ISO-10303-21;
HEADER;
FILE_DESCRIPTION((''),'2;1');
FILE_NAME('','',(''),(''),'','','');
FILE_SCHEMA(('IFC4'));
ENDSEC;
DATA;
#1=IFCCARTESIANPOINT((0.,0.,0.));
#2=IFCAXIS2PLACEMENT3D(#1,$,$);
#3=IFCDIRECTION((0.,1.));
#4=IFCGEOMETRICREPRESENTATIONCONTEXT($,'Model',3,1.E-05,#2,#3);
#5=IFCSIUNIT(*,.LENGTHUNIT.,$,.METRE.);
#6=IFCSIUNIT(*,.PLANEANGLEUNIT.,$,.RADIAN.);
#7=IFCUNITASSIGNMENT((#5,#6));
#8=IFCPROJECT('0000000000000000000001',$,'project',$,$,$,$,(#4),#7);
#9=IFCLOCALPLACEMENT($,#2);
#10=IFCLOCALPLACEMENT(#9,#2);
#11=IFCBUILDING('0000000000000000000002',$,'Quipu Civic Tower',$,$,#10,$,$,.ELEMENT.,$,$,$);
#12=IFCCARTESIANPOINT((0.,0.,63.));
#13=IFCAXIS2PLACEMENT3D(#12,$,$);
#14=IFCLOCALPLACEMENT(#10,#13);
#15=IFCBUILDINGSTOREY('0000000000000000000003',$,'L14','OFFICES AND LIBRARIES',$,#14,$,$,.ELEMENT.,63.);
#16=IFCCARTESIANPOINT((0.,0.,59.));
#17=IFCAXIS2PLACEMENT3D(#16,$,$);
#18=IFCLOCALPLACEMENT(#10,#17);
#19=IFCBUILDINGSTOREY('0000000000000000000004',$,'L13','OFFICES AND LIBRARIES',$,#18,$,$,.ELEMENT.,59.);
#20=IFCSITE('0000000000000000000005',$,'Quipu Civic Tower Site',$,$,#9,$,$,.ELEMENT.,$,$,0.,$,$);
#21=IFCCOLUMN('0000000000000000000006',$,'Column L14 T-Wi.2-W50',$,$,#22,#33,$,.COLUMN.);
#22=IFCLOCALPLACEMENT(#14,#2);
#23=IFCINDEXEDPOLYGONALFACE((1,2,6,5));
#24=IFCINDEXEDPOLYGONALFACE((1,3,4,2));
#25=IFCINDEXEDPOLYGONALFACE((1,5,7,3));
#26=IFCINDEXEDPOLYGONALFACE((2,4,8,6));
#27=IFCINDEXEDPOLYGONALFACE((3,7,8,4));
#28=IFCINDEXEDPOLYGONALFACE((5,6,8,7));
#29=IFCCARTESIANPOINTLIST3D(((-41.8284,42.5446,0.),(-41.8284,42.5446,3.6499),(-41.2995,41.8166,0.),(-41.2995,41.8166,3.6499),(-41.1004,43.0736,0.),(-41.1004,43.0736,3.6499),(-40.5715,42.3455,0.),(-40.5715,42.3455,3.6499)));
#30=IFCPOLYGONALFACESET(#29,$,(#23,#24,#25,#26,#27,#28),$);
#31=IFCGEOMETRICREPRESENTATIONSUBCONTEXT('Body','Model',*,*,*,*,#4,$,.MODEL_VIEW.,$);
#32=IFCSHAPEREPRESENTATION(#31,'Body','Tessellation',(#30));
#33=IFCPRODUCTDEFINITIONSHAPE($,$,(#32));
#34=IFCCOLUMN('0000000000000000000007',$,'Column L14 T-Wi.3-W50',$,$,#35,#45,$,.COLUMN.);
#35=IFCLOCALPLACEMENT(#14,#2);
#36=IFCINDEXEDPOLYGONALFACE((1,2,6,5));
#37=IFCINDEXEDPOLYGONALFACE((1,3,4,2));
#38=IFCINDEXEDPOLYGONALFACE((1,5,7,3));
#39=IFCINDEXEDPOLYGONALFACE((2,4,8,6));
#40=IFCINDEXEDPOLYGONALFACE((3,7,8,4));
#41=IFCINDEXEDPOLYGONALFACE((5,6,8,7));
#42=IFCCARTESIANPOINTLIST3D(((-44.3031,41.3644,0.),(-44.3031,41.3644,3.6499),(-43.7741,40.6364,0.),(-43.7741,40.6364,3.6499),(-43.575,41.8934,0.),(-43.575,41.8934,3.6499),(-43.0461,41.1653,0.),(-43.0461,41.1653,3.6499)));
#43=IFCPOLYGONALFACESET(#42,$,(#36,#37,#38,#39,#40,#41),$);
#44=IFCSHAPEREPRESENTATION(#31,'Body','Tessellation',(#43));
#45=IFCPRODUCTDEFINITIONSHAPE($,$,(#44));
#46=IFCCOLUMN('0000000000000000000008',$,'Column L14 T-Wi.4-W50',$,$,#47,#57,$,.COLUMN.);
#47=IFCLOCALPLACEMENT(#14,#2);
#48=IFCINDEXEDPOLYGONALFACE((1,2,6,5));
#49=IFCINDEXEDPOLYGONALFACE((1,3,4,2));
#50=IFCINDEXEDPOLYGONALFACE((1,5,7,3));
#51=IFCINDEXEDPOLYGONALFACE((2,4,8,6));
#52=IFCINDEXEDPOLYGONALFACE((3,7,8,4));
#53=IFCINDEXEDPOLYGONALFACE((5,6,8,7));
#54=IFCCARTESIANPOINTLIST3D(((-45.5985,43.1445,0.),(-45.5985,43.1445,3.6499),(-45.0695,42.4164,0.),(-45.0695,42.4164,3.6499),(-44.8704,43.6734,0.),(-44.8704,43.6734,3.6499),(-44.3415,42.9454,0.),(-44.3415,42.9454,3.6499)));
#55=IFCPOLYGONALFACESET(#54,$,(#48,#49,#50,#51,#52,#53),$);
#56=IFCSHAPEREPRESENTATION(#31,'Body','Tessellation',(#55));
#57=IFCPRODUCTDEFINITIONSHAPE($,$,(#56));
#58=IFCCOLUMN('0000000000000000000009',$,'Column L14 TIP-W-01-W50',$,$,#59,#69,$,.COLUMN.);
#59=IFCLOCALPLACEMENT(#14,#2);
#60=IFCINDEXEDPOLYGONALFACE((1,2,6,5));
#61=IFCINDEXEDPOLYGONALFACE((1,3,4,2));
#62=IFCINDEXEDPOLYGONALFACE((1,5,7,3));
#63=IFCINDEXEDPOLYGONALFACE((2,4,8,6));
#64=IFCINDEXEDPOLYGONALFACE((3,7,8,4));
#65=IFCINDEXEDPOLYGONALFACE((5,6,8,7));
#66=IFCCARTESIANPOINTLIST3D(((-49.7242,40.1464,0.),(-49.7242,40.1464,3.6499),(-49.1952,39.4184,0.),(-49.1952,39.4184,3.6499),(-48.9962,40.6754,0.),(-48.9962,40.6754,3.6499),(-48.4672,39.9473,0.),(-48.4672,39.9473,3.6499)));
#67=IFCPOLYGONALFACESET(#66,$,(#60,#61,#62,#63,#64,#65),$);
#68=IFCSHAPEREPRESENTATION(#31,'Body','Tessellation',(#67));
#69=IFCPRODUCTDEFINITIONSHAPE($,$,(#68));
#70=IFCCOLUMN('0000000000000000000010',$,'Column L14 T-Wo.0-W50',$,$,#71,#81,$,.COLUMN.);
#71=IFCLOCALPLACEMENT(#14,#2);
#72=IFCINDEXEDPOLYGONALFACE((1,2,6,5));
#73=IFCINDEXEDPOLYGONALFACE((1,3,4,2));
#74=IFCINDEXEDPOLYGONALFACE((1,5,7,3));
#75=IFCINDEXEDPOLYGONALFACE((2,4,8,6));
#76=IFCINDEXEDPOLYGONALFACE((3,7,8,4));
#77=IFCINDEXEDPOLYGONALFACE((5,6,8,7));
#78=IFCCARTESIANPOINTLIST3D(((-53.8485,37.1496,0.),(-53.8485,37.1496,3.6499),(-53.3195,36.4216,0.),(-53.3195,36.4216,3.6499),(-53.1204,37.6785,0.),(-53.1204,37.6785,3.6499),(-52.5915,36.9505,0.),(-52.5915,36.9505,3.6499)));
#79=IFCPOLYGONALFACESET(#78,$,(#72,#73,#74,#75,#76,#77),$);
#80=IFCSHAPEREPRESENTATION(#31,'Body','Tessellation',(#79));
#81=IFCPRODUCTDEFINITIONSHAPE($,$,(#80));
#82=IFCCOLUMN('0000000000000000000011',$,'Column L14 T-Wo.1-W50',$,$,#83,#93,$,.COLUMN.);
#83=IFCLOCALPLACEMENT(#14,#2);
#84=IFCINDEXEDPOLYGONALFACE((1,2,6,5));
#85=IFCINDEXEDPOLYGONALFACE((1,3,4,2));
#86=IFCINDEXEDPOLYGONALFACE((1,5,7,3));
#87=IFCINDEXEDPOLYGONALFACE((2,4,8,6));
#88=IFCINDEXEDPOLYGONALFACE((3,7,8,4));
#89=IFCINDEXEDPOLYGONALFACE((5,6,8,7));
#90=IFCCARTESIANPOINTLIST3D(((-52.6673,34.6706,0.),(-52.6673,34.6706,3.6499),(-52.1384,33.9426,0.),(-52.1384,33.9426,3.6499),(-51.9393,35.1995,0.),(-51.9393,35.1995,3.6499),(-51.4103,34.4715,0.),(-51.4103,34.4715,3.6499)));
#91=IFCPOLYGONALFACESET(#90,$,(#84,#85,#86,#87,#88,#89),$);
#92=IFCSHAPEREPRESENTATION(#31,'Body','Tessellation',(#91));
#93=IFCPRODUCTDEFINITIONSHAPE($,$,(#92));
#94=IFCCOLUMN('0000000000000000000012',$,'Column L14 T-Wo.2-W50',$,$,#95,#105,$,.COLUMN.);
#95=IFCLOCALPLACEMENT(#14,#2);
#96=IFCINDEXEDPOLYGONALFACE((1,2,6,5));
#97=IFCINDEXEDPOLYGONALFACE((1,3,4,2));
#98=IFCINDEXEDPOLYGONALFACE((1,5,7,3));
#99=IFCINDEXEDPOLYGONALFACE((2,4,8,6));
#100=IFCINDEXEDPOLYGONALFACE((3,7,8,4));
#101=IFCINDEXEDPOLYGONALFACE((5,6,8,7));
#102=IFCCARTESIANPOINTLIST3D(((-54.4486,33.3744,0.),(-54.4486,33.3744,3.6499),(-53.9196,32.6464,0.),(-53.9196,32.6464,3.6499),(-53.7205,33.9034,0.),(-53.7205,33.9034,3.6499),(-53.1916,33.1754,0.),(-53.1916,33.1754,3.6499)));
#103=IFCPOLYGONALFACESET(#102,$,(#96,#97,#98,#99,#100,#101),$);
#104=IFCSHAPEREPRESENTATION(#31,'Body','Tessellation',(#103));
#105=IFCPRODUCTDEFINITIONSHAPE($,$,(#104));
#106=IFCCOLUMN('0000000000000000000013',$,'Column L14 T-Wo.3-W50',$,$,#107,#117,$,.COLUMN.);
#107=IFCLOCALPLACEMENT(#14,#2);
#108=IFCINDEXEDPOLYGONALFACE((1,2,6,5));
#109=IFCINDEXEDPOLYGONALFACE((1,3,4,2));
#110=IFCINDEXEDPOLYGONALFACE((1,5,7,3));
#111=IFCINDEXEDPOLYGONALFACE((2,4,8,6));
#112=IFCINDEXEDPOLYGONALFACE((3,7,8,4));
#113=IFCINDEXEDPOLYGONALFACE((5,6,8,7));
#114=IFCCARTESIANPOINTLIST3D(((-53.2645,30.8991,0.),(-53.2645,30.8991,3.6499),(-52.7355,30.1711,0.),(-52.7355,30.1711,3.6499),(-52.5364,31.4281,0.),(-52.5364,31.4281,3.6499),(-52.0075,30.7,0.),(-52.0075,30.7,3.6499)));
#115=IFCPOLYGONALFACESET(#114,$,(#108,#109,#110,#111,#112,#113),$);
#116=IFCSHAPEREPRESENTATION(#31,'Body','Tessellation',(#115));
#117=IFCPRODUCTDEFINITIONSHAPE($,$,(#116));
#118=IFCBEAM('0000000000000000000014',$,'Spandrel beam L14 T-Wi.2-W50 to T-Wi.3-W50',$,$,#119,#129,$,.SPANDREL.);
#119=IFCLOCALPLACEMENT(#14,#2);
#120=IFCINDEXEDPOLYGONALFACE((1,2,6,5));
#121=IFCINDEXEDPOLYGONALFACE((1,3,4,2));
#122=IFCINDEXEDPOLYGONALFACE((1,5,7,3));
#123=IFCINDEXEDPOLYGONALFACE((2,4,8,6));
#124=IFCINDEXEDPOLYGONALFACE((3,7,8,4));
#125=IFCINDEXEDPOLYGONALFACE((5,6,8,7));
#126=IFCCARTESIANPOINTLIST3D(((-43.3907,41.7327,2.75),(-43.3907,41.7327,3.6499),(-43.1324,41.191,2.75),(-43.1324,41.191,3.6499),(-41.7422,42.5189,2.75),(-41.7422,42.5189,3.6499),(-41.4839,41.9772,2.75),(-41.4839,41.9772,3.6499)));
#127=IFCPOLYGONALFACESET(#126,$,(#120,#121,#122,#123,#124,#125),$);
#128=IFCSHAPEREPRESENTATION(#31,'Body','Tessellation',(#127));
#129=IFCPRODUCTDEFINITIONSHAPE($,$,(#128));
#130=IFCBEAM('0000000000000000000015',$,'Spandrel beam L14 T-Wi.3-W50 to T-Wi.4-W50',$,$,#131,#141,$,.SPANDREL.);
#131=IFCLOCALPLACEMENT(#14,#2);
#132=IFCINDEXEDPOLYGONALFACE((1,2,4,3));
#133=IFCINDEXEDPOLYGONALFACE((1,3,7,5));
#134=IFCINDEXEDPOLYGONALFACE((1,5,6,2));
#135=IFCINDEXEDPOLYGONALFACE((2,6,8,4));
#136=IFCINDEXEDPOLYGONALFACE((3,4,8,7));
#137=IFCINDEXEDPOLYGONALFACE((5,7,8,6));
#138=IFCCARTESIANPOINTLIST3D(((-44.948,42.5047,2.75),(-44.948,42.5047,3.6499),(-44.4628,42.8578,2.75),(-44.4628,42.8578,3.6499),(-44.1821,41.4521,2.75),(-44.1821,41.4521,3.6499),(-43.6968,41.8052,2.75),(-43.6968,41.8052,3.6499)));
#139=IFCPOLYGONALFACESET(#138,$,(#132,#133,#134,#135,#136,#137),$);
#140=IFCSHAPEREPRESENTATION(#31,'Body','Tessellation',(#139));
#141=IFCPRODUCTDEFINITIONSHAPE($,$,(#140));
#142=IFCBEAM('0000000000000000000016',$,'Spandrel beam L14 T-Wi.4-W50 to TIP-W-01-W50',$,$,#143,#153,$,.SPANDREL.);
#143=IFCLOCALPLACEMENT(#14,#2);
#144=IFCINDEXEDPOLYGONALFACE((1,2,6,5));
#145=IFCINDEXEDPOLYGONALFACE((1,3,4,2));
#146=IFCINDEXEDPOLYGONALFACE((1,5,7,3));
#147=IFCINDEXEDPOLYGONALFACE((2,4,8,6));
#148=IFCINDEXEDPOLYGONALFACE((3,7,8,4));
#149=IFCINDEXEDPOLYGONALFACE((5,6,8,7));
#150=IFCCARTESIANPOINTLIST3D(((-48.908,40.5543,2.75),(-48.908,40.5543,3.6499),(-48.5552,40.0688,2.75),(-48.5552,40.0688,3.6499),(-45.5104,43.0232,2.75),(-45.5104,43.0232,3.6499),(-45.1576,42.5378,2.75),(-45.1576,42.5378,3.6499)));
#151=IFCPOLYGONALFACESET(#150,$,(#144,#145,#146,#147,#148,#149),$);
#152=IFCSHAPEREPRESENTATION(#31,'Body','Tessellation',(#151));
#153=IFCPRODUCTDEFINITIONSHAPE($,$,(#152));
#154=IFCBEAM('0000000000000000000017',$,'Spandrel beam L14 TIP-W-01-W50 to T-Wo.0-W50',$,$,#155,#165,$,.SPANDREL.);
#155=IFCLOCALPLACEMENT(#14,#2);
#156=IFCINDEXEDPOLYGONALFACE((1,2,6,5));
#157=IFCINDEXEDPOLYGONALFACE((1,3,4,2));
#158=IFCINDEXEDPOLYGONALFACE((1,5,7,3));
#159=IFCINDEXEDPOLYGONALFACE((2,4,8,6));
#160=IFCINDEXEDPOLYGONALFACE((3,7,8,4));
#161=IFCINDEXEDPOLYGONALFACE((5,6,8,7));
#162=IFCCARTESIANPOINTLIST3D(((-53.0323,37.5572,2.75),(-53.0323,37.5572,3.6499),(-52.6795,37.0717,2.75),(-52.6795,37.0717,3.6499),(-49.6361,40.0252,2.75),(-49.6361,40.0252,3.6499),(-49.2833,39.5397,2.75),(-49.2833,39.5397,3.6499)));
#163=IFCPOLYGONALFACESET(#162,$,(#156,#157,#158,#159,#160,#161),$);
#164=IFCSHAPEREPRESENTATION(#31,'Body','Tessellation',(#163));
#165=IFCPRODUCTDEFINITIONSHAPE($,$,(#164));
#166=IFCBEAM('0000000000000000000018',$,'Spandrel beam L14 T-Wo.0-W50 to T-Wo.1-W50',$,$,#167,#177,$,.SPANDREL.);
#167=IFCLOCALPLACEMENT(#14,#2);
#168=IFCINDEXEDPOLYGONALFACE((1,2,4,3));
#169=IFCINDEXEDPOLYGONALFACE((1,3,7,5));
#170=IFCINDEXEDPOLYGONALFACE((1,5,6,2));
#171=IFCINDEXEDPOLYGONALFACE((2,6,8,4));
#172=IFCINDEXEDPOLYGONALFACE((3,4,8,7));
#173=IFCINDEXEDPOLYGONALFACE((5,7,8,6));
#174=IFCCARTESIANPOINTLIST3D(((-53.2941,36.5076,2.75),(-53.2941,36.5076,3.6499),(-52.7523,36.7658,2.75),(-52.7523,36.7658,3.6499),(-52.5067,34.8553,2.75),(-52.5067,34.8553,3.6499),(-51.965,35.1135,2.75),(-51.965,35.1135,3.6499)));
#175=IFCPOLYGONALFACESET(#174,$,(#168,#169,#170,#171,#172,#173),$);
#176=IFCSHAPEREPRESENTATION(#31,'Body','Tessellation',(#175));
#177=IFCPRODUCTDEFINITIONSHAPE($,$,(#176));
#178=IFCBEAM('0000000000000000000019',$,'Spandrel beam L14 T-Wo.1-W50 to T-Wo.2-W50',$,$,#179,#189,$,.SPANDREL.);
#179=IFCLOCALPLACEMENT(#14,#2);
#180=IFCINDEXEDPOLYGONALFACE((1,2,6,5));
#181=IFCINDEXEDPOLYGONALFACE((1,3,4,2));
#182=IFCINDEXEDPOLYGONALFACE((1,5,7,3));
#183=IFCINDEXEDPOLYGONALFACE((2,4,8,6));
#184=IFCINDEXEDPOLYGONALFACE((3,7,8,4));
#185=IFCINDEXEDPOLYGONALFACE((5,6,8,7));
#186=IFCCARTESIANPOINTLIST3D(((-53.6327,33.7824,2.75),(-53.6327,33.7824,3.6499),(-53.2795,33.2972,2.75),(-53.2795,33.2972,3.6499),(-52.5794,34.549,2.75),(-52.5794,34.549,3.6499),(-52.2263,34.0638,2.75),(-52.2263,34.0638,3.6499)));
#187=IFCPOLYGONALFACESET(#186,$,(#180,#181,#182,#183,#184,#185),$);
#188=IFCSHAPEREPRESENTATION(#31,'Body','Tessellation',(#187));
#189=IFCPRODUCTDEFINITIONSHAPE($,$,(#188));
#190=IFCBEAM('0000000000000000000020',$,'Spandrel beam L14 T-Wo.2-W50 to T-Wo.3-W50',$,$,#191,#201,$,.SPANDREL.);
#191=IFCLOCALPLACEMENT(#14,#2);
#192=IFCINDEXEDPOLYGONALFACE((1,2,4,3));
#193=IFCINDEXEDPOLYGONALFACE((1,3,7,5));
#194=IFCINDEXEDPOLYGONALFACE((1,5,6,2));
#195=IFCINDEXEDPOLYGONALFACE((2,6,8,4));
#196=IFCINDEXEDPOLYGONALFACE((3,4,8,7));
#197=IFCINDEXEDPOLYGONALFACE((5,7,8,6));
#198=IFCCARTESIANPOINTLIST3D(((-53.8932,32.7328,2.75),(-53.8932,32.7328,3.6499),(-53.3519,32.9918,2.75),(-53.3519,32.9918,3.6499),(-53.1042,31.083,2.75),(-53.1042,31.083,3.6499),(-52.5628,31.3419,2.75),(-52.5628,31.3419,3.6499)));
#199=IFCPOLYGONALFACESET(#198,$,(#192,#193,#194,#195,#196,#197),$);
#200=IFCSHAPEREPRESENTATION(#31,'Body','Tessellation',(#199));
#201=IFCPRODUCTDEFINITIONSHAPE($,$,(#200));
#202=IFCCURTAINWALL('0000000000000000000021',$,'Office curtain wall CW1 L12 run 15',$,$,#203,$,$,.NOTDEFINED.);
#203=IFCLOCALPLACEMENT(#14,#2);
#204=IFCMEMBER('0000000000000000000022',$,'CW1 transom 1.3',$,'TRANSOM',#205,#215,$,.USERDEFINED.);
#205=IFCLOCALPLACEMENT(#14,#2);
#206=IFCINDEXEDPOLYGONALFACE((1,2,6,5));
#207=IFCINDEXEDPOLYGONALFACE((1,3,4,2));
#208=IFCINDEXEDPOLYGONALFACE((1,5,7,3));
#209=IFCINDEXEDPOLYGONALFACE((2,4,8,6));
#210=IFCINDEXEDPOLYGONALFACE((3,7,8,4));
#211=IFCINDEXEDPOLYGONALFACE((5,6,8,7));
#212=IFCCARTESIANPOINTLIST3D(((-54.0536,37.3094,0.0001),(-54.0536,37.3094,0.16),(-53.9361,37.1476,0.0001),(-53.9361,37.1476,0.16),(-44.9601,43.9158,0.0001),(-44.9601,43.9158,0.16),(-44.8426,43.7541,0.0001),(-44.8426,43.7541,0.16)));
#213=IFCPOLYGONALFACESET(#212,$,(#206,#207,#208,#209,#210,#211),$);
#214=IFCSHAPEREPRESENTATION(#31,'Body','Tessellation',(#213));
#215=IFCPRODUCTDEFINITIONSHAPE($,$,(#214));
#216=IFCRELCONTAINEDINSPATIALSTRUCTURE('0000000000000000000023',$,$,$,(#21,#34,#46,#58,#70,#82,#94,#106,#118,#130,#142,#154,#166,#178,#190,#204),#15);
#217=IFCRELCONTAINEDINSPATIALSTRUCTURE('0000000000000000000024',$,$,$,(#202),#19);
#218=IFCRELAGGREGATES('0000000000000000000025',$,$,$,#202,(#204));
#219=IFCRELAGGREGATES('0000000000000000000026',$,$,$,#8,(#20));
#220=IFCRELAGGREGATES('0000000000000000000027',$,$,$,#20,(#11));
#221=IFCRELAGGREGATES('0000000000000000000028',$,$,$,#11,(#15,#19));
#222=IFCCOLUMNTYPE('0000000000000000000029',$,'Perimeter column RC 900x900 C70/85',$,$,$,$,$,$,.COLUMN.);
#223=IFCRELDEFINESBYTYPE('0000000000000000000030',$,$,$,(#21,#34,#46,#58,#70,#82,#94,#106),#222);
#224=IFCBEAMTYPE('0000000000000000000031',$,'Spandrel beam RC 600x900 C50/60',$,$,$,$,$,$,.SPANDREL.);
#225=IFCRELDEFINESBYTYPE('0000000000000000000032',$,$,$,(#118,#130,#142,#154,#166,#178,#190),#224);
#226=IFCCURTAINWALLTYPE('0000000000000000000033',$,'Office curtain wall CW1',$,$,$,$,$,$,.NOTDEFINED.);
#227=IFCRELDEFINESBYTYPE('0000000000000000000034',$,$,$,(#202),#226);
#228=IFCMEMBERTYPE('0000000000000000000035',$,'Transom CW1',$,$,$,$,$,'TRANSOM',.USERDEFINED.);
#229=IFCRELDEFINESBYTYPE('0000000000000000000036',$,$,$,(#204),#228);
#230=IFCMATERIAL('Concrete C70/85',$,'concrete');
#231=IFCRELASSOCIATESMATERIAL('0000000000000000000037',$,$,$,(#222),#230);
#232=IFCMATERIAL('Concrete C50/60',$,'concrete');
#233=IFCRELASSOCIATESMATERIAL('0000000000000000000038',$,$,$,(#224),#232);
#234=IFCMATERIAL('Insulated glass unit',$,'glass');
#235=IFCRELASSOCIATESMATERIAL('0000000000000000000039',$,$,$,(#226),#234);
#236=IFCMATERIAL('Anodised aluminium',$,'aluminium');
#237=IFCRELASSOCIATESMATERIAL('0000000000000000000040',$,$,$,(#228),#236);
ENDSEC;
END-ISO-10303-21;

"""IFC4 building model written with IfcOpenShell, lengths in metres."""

from ifc_helpers import new_model, si_unit, direction, frame, origin, origin_2d, place, context, subcontext, project, spatial, rectangle, extrude, material, material_profile, profile_set, type_object, element, aggregate, save


model = new_model("IFC4")

# Units and contexts
model_context = context("Model", 3, precision=1e-05, world=origin(), true_north=direction((0.0, 1.0)))
body_context = subcontext(model_context, "Body", "Model", "MODEL_VIEW")
ifc_project = project(units=[si_unit("LENGTHUNIT", "METRE"), si_unit("PLANEANGLEUNIT", "RADIAN")], contexts=[model_context])

# Site, building, storey
site_placement = place(None, origin())
site = spatial("IfcSite", under=ifc_project, at=site_placement, Name="Quipu Civic Tower Site", CompositionType="ELEMENT", RefElevation=0.0)
building_placement = place(site_placement, origin())
building = spatial("IfcBuilding", under=site, at=building_placement, Name="Quipu Civic Tower", CompositionType="ELEMENT")
storey_1_placement = place(building_placement, frame((0.0, 0.0, 63.0)))
storey_1 = spatial("IfcBuildingStorey", under=building, at=storey_1_placement, Name="L14", Description="OFFICES AND LIBRARIES", CompositionType="ELEMENT", Elevation=63.0)

# Columns
ifc_material_1 = material(Name="Concrete C70/85", Category="concrete")
ifc_material_profile_1 = material_profile(ifc_material_1, rectangle(XDim=0.8999, YDim=0.8999, at=origin_2d()), Name="RC900x900")
ifc_profile_set_1 = profile_set([ifc_material_profile_1], Name="Concrete C70/85")
column_type = type_object("IfcColumnType", Name="Perimeter column RC 900x900 C70/85", PredefinedType="COLUMN", material=ifc_profile_set_1)
for number, where, z_axis, x_axis, name in (
    (1, (-41.2, 42.4451, 0.0), (0.0, 0.0, 1.0), (-0.587785, 0.809017, 0.0), "Column L14 T-Wi.2-W50"),
    (2, (-43.6746, 41.2649, 0.0), (0.0, 0.0, 1.0), (-0.809017, -0.587785, 0.0), "Column L14 T-Wi.3-W50"),
    (3, (-44.97, 43.0449, 0.0), (0.0, 0.0, 1.0), (-0.809017, -0.587785, 0.0), "Column L14 T-Wi.4-W50"),
    (4, (-49.0957, 40.0469, 0.0), (0.0, 0.0, 1.0), (-0.809017, -0.587785, 0.0), "Column L14 TIP-W-01-W50"),
    (5, (-53.22, 37.05, 0.0), (0.0, 0.0, 1.0), (0.587785, -0.809017, 0.0), "Column L14 T-Wo.0-W50"),
    (6, (-52.0388, 34.571, 0.0), (0.0, 0.0, 1.0), (-0.809017, -0.587785, 0.0), "Column L14 T-Wo.1-W50"),
    (7, (-53.8201, 33.2749, 0.0), (0.0, 0.0, 1.0), (0.587785, -0.809017, 0.0), "Column L14 T-Wo.2-W50"),
    (8, (-52.636, 30.7996, 0.0), (0.0, 0.0, 1.0), (-0.809017, -0.587785, 0.0), "Column L14 T-Wo.3-W50"),
):
    element("IfcColumn", number, at=place(storey_1_placement, frame(where, z_axis=z_axis, x_axis=x_axis)), inside=storey_1, type_object=column_type, Name=name, PredefinedType="COLUMN", context=body_context, shape_type="SweptSolid", body=[
        extrude(rectangle(XDim=0.8999, YDim=0.8999, at=origin_2d()), origin(), (0.0, 0.0, 1.0), 3.6499),
    ])

# Beams
ifc_material_2 = material(Name="Concrete C50/60", Category="concrete")
ifc_material_profile_2 = material_profile(ifc_material_2, rectangle(XDim=0.6001, YDim=0.8999, at=origin_2d()), Name="RC600x900")
ifc_profile_set_2 = profile_set([ifc_material_profile_2], Name="Concrete C50/60")
beam_type = type_object("IfcBeamType", Name="Spandrel beam RC 600x900 C50/60", PredefinedType="SPANDREL", material=ifc_profile_set_2)
beam_1_placement = place(storey_1_placement, frame((-41.613, 42.248, 3.2), z_axis=(-0.902613, -0.430452, 0.0), x_axis=(0.430452, -0.902613, 0.0)))
element("IfcBeam", 9, at=beam_1_placement, inside=storey_1, type_object=beam_type, Name="Spandrel beam L14 T-Wi.2-W50 to T-Wi.3-W50", PredefinedType="SPANDREL", context=body_context, shape_type="SweptSolid", body=[
    extrude(rectangle(XDim=0.6001, YDim=0.8999, at=origin_2d()), origin(), (0.0, 0.0, 1.0), 1.8264),
])
beam_2_placement = place(storey_1_placement, frame((-43.9395, 41.6287, 3.2), z_axis=(-0.588384, 0.808582, 0.0), x_axis=(-0.808582, -0.588384, 0.0)))
element("IfcBeam", 10, at=beam_2_placement, inside=storey_1, type_object=beam_type, Name="Spandrel beam L14 T-Wi.3-W50 to T-Wi.4-W50", PredefinedType="SPANDREL", context=body_context, shape_type="SweptSolid", body=[
    extrude(rectangle(XDim=0.6001, YDim=0.8999, at=origin_2d()), origin(), (0.0, 0.0, 1.0), 1.3018),
])
beam_3_placement = place(storey_1_placement, frame((-45.334, 42.7805, 3.2), z_axis=(-0.80897, -0.58785, 0.0), x_axis=(0.58785, -0.80897, 0.0)))
element("IfcBeam", 11, at=beam_3_placement, inside=storey_1, type_object=beam_type, Name="Spandrel beam L14 T-Wi.4-W50 to TIP-W-01-W50", PredefinedType="SPANDREL", context=body_context, shape_type="SweptSolid", body=[
    extrude(rectangle(XDim=0.6001, YDim=0.8999, at=origin_2d()), origin(), (0.0, 0.0, 1.0), 4.2),
])
beam_4_placement = place(storey_1_placement, frame((-49.4597, 39.7825, 3.2), z_axis=(-0.80896, -0.587864, 0.0), x_axis=(0.587864, -0.80896, 0.0)))
element("IfcBeam", 12, at=beam_4_placement, inside=storey_1, type_object=beam_type, Name="Spandrel beam L14 TIP-W-01-W50 to T-Wo.0-W50", PredefinedType="SPANDREL", context=body_context, shape_type="SweptSolid", body=[
    extrude(rectangle(XDim=0.6001, YDim=0.8999, at=origin_2d()), origin(), (0.0, 0.0, 1.0), 4.1982),
])
beam_5_placement = place(storey_1_placement, frame((-53.0232, 36.6367, 3.2), z_axis=(0.430167, -0.90275, 0.0), x_axis=(0.90275, 0.430167, 0.0)))
element("IfcBeam", 13, at=beam_5_placement, inside=storey_1, type_object=beam_type, Name="Spandrel beam L14 T-Wo.0-W50 to T-Wo.1-W50", PredefinedType="SPANDREL", context=body_context, shape_type="SweptSolid", body=[
    extrude(rectangle(XDim=0.6001, YDim=0.8999, at=origin_2d()), origin(), (0.0, 0.0, 1.0), 1.8303),
])
beam_6_placement = place(storey_1_placement, frame((-52.4028, 34.3064, 3.2), z_axis=(-0.808509, -0.588484, 0.0), x_axis=(0.588484, -0.808509, 0.0)))
element("IfcBeam", 14, at=beam_6_placement, inside=storey_1, type_object=beam_type, Name="Spandrel beam L14 T-Wo.1-W50 to T-Wo.2-W50", PredefinedType="SPANDREL", context=body_context, shape_type="SweptSolid", body=[
    extrude(rectangle(XDim=0.6001, YDim=0.8999, at=origin_2d()), origin(), (0.0, 0.0, 1.0), 1.3027),
])
beam_7_placement = place(storey_1_placement, frame((-53.6226, 32.8623, 3.2), z_axis=(0.431446, -0.902139, 0.0), x_axis=(0.902139, 0.431446, 0.0)))
element("IfcBeam", 15, at=beam_7_placement, inside=storey_1, type_object=beam_type, Name="Spandrel beam L14 T-Wo.2-W50 to T-Wo.3-W50", PredefinedType="SPANDREL", context=body_context, shape_type="SweptSolid", body=[
    extrude(rectangle(XDim=0.6001, YDim=0.8999, at=origin_2d()), origin(), (0.0, 0.0, 1.0), 1.8289),
])

# Shared definitions
storey_2_placement = place(building_placement, frame((0.0, 0.0, 59.0)))
storey_2 = spatial("IfcBuildingStorey", under=building, at=storey_2_placement, Name="L13", Description="OFFICES AND LIBRARIES", CompositionType="ELEMENT", Elevation=59.0)

# Curtain wall, member
ifc_material_3 = material(Name="Insulated glass unit", Category="glass")
curtain_wall_type = type_object("IfcCurtainWallType", Name="Office curtain wall CW1", PredefinedType="NOTDEFINED", material=ifc_material_3)
curtain_wall_placement = place(storey_2_placement, origin())
curtain_wall = element("IfcCurtainWall", 16, at=curtain_wall_placement, inside=storey_2, type_object=curtain_wall_type, Name="Office curtain wall CW1 L12 run 15", PredefinedType="NOTDEFINED")
ifc_material_4 = material(Name="Anodised aluminium", Category="aluminium")
ifc_material_profile_3 = material_profile(ifc_material_4, rectangle(XDim=0.2, YDim=0.1599, at=origin_2d()), Name="RECT 200x160")
ifc_profile_set_3 = profile_set([ifc_material_profile_3], Name="Anodised aluminium")
member_type = type_object("IfcMemberType", Name="Transom CW1", ElementType="TRANSOM", PredefinedType="USERDEFINED", material=ifc_profile_set_3)
member_placement = place(storey_1_placement, frame((-44.9014, 43.835, 0.0801), z_axis=(-0.809033, -0.587764, 0.0), x_axis=(0.587764, -0.809033, 0.0)))
member = element("IfcMember", 17, at=member_placement, inside=storey_1, type_object=member_type, Name="CW1 transom 1.3", ObjectType="TRANSOM", PredefinedType="USERDEFINED", context=body_context, shape_type="SweptSolid", body=[
    extrude(rectangle(XDim=0.2, YDim=0.1599, at=origin_2d()), origin(), (0.0, 0.0, 1.0), 11.24),
])
aggregate(curtain_wall, [member])

save(model, "model.ifc")
